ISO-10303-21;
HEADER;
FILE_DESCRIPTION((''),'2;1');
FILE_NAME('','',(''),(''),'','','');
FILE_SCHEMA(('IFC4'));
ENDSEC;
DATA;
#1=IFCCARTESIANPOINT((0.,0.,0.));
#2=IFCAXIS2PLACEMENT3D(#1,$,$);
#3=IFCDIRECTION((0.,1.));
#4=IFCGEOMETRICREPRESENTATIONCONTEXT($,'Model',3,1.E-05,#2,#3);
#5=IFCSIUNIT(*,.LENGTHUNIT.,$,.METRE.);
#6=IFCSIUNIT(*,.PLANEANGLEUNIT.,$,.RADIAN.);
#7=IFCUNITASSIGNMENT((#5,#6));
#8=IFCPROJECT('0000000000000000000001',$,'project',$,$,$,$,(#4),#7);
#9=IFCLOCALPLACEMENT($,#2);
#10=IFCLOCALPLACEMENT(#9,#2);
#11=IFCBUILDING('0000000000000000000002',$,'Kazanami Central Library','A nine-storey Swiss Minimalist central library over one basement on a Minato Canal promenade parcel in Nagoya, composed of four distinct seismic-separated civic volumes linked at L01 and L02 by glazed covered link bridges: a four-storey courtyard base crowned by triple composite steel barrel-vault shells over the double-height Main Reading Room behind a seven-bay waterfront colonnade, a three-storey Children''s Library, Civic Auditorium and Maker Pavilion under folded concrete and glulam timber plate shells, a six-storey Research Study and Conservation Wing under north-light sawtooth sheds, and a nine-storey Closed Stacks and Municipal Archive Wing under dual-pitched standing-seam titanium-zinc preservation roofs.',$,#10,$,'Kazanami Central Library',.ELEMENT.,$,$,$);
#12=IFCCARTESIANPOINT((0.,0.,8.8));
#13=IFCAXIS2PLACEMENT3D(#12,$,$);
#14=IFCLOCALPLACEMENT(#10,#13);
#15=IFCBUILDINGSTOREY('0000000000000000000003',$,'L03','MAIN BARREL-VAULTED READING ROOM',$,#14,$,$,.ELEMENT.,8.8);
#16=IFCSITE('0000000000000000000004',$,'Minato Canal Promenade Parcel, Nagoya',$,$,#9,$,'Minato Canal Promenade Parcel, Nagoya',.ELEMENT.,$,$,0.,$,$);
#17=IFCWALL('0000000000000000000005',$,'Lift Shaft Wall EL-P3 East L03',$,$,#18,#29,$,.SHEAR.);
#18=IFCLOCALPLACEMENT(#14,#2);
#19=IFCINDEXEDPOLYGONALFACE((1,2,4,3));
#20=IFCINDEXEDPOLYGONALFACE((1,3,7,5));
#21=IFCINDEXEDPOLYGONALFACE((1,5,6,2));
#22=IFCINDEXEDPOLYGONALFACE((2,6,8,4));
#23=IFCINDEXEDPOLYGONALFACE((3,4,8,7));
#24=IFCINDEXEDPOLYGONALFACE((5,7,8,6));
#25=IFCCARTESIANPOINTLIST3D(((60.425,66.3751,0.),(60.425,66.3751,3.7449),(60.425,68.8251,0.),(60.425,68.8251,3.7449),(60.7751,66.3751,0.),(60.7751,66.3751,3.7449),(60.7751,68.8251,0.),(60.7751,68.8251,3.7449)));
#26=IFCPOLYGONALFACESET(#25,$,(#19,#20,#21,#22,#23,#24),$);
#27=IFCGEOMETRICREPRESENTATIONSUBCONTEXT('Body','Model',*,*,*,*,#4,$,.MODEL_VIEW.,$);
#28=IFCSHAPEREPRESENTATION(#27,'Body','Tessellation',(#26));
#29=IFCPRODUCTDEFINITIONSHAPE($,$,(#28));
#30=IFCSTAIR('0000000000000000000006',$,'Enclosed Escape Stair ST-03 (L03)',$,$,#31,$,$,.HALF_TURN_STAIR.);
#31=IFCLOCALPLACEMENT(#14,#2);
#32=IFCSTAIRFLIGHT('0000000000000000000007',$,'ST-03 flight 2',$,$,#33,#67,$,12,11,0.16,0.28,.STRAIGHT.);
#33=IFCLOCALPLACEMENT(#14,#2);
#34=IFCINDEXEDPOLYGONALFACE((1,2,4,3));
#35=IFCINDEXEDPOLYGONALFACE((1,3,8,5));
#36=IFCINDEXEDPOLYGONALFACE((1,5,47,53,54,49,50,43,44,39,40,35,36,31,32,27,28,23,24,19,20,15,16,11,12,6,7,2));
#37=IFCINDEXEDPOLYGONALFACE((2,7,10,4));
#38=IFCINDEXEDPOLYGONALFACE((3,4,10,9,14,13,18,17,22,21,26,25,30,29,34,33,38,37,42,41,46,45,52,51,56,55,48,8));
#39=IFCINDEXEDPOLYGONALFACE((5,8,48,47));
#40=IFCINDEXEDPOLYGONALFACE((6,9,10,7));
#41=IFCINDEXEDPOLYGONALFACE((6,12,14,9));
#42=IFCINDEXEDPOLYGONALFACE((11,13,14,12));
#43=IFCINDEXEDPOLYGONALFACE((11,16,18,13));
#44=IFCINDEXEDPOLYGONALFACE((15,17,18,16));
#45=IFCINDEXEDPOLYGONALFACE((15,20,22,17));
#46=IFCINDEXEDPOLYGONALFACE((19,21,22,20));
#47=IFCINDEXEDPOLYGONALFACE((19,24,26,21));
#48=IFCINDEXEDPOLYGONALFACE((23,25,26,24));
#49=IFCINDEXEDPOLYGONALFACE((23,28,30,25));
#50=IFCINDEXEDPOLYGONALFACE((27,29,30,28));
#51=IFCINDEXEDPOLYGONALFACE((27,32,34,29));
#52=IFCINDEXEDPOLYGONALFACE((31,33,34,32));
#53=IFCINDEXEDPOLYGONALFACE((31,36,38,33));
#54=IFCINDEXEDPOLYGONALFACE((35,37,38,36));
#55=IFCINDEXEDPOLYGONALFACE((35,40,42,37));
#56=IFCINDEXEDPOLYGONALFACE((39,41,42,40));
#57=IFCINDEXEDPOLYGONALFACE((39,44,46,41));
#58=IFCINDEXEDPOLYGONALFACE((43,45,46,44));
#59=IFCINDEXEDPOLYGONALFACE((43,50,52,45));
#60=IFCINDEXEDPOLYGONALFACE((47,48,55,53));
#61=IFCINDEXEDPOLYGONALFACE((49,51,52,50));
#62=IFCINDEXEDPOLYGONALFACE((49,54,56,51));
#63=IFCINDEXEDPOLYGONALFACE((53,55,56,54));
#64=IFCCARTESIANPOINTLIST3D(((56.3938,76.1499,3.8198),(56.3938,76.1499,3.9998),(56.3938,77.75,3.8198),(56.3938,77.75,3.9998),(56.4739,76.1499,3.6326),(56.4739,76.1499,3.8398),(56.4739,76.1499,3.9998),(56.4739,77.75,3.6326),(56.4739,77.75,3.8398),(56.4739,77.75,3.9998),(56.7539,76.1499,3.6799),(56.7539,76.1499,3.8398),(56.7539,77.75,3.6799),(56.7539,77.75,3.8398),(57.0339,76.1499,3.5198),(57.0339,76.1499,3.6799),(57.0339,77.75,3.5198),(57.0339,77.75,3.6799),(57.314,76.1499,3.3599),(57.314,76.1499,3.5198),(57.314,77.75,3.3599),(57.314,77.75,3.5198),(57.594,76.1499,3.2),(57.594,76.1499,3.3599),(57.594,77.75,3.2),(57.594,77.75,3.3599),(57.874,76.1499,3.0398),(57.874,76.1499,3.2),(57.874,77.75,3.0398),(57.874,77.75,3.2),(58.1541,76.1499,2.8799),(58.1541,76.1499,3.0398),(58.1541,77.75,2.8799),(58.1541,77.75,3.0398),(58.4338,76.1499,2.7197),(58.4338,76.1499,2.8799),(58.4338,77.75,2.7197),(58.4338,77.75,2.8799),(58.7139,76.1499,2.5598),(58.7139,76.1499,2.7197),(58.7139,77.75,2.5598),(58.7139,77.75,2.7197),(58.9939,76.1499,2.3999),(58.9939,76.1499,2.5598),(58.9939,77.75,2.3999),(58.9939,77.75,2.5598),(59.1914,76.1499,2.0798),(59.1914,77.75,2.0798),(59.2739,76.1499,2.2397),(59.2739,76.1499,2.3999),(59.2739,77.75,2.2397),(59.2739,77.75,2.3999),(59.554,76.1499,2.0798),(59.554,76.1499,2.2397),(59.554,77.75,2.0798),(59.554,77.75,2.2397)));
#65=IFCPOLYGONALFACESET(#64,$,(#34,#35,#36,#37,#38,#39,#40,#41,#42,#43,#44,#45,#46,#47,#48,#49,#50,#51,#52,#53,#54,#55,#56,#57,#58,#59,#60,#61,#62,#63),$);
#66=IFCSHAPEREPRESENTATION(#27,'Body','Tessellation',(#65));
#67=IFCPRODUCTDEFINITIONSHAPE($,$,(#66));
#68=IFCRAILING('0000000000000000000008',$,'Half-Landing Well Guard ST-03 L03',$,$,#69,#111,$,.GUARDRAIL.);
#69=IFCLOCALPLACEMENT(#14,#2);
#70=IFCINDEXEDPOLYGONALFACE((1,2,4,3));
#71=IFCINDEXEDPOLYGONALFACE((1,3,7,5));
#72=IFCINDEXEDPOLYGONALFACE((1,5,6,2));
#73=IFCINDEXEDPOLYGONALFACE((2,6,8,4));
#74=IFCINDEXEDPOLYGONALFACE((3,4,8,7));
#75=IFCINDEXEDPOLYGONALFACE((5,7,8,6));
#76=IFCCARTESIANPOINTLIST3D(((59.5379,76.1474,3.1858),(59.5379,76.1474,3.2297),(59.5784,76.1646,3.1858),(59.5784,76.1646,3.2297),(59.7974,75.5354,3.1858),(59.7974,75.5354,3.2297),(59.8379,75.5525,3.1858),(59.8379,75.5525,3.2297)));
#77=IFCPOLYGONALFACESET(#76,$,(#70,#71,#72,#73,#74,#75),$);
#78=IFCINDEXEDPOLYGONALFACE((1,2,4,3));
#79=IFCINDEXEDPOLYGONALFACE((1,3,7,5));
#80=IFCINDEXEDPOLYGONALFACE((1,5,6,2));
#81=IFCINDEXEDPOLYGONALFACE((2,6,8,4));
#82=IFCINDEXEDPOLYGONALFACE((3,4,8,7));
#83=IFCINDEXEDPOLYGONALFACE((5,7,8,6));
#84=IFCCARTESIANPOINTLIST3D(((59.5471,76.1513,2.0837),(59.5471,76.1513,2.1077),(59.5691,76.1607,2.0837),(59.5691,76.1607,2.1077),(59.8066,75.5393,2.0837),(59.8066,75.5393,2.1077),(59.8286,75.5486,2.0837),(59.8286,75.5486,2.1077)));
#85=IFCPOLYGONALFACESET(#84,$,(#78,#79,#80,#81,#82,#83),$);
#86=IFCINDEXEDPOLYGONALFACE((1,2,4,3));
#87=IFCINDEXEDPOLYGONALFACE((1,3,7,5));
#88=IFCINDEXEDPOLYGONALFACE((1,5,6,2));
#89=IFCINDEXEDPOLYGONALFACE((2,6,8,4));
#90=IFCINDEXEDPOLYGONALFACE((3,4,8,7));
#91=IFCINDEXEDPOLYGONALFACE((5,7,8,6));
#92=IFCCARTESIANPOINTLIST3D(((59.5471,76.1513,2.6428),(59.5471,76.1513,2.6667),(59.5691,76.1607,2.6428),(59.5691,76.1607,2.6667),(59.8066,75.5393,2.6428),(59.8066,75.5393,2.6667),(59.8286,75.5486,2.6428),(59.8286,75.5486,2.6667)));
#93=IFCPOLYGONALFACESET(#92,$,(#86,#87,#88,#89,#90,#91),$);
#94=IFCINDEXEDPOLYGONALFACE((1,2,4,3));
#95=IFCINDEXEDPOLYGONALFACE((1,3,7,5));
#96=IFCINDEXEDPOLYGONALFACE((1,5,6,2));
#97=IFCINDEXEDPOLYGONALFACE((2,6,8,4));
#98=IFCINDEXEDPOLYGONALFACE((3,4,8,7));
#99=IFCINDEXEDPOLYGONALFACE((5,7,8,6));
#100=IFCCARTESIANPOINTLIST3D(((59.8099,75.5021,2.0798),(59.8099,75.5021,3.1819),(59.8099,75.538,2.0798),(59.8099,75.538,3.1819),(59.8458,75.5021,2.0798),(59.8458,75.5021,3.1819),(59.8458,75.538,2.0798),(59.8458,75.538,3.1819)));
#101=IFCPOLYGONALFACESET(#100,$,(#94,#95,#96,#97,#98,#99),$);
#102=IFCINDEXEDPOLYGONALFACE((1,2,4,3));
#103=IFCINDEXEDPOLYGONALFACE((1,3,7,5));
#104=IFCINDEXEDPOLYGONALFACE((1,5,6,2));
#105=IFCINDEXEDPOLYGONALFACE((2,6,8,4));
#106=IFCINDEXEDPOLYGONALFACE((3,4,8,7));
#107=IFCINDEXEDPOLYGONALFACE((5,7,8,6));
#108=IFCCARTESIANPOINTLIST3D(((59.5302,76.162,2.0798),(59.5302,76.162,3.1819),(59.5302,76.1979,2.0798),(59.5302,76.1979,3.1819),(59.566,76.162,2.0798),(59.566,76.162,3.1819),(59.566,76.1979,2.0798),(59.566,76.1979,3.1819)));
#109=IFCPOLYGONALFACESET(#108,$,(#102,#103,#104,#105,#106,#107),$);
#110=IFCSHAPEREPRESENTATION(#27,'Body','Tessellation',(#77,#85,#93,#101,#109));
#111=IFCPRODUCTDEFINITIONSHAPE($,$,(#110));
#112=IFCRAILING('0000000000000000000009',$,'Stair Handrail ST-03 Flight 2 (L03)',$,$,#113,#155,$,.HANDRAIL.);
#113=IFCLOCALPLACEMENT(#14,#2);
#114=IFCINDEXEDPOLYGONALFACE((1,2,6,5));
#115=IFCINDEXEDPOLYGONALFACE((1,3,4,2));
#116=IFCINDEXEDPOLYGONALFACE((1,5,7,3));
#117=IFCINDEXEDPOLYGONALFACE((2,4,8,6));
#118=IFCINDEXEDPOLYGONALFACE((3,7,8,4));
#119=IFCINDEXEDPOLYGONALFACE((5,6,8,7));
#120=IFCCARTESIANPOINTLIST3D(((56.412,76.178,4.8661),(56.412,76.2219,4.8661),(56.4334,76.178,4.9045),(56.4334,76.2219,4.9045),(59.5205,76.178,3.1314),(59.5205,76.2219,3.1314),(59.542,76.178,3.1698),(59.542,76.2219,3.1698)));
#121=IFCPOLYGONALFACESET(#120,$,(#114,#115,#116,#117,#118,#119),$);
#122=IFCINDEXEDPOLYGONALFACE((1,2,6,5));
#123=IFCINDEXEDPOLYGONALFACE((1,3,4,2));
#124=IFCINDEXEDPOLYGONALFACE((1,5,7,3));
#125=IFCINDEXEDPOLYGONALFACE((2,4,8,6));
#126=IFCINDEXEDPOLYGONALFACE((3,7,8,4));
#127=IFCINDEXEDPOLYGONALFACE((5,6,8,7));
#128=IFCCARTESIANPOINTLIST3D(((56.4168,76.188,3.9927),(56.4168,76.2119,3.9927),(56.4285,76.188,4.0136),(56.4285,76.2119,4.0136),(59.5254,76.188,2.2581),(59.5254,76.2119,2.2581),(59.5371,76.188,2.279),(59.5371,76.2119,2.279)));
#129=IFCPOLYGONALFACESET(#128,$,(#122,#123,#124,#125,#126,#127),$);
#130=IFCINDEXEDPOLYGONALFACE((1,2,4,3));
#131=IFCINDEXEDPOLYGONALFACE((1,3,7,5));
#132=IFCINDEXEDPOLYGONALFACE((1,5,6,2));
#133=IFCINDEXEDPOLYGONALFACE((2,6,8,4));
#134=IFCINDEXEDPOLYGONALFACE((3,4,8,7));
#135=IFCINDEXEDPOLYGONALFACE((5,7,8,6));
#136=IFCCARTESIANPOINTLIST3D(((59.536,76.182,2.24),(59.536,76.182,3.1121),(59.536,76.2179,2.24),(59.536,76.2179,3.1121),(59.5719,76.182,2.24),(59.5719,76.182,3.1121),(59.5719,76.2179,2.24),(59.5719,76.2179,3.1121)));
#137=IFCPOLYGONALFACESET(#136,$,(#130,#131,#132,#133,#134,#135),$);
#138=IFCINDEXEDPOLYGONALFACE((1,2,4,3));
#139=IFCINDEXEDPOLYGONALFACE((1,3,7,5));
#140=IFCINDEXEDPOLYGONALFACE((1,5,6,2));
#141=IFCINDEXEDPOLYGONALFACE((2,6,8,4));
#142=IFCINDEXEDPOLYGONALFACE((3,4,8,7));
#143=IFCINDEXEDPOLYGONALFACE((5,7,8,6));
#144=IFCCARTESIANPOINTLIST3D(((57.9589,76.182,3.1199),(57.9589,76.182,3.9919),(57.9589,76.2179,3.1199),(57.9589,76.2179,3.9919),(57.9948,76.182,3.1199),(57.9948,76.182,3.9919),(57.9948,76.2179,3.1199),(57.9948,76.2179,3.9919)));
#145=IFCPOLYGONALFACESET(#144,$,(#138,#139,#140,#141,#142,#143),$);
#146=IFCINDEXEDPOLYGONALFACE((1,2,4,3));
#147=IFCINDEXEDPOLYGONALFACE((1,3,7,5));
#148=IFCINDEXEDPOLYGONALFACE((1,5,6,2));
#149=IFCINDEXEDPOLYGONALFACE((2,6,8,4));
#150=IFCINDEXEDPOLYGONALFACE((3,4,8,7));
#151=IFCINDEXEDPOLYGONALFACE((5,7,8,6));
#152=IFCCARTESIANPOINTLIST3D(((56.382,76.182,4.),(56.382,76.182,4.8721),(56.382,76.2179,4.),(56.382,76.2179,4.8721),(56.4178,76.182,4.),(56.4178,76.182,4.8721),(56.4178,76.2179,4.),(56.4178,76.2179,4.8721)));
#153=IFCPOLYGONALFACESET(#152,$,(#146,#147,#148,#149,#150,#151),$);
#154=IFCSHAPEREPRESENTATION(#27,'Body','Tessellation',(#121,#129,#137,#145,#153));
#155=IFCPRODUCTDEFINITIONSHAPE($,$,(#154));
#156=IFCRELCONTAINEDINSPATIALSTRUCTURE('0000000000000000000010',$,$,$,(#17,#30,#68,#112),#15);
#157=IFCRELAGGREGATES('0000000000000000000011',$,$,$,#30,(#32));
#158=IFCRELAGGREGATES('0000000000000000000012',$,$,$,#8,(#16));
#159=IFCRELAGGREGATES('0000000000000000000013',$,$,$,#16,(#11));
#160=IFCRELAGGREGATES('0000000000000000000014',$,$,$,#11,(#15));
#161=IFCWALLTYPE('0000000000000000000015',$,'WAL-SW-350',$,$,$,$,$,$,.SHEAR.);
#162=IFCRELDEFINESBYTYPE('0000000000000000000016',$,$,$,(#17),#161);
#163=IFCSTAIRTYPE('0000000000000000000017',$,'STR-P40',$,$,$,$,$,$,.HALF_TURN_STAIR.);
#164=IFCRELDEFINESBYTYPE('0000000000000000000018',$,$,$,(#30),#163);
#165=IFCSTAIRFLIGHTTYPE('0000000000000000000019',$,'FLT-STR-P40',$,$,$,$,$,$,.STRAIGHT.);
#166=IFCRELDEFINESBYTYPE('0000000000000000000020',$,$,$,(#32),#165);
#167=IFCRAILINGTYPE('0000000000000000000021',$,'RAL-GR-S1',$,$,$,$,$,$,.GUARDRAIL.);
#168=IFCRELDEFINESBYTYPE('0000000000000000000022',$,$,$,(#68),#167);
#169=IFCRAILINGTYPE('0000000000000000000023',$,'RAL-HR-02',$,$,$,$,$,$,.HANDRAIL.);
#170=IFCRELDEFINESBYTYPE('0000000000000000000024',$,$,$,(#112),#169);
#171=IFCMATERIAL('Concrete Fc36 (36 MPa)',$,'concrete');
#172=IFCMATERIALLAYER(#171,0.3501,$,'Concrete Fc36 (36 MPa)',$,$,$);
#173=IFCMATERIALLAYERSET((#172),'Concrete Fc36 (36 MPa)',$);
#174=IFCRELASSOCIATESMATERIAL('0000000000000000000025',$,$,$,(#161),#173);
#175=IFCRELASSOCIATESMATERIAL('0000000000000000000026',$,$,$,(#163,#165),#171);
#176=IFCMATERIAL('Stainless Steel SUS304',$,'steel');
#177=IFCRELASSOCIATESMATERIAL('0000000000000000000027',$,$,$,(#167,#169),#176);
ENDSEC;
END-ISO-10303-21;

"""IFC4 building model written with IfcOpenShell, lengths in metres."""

from ifc_helpers import new_model, si_unit, direction, frame, frame_2d, origin, origin_2d, place, context, subcontext, project, spatial, polyline, rectangle, outline, extrude, material, layer, layer_set, type_object, element, aggregate, save


model = new_model("IFC4")

# Units and contexts
model_context = context("Model", 3, precision=1e-05, world=origin(), true_north=direction((0.0, 1.0)))
body_context = subcontext(model_context, "Body", "Model", "MODEL_VIEW")
ifc_project = project(units=[si_unit("LENGTHUNIT", "METRE"), si_unit("PLANEANGLEUNIT", "RADIAN")], contexts=[model_context])

# Site, building, storey
site_placement = place(None, origin())
site = spatial("IfcSite", under=ifc_project, at=site_placement, Name="Minato Canal Promenade Parcel, Nagoya", LongName="Minato Canal Promenade Parcel, Nagoya", CompositionType="ELEMENT", RefElevation=0.0)
building_placement = place(site_placement, origin())
building = spatial("IfcBuilding", under=site, at=building_placement, Name="Kazanami Central Library", Description="A nine-storey Swiss Minimalist central library over one basement on a Minato Canal promenade parcel in Nagoya, composed of four distinct seismic-separated civic volumes linked at L01 and L02 by glazed covered link bridges: a four-storey courtyard base crowned by triple composite steel barrel-vault shells over the double-height Main Reading Room behind a seven-bay waterfront colonnade, a three-storey Children's Library, Civic Auditorium and Maker Pavilion under folded concrete and glulam timber plate shells, a six-storey Research Study and Conservation Wing under north-light sawtooth sheds, and a nine-storey Closed Stacks and Municipal Archive Wing under dual-pitched standing-seam titanium-zinc preservation roofs.", LongName="Kazanami Central Library", CompositionType="ELEMENT")
storey_placement = place(building_placement, frame((0.0, 0.0, 8.8)))
storey = spatial("IfcBuildingStorey", under=building, at=storey_placement, Name="L03", Description="MAIN BARREL-VAULTED READING ROOM", CompositionType="ELEMENT", Elevation=8.8)

# Shared definitions
ifc_material_1 = material(Name="Concrete Fc36 (36 MPa)", Category="concrete")
ifc_layer_1 = layer(ifc_material_1, 0.3501, Name="Concrete Fc36 (36 MPa)")
ifc_layer_set_1 = layer_set([ifc_layer_1], Name="Concrete Fc36 (36 MPa)")
wall_type_1 = type_object("IfcWallType", Name="WAL-SW-350", PredefinedType="SHEAR", material=ifc_layer_set_1)

# Shared definitions
ifc_material_2 = material(Name="Stainless Steel SUS304", Category="steel")

# Wall
for number, where, z_axis, x_axis, name in (
    (1, (60.6001, 66.375, 0.0), (0.0, 0.0, 1.0), (0.0, 1.0, 0.0), "Lift Shaft Wall EL-P3 East L03"),
):
    element("IfcWall", number, at=place(storey_placement, frame(where, z_axis=z_axis, x_axis=x_axis)), inside=storey, type_object=wall_type_1, Name=name, PredefinedType="SHEAR", context=body_context, shape_type="SweptSolid", body=[
        extrude(rectangle(XDim=2.45, YDim=0.3501, at=frame_2d((1.2251, 0.0))), origin(), (0.0, 0.0, 1.0), 3.7449),
    ])

# Stair, stair flight
stair_type = type_object("IfcStairType", Name="STR-P40", PredefinedType="HALF_TURN_STAIR", material=ifc_material_1)
stair_placement = place(storey_placement, origin())
stair = element("IfcStair", 2, at=stair_placement, inside=storey, type_object=stair_type, Name="Enclosed Escape Stair ST-03 (L03)", PredefinedType="HALF_TURN_STAIR")
stair_flight_type = type_object("IfcStairFlightType", Name="FLT-STR-P40", PredefinedType="STRAIGHT", material=ifc_material_1)
stair_flight_placement = place(storey_placement, frame((59.554, 76.95, 2.0798), z_axis=(0.0, 0.0, 1.0), x_axis=(-1.0, 0.0, 0.0)))
stair_flight = element("IfcStairFlight", 3, at=stair_flight_placement, type_object=stair_flight_type, Name="ST-03 flight 2", NumberOfRisers=12, NumberOfTreads=11, PredefinedType="STRAIGHT", RiserHeight=0.16, TreadLength=0.28, context=body_context, shape_type="SweptSolid", body=[
    extrude(outline(polyline([(0.0, 0.0), (0.0, 0.1599), (0.28, 0.1599), (0.28, 0.3201), (0.5601, 0.3201), (0.5601, 0.48), (0.8401, 0.48), (0.8401, 0.6399), (1.1201, 0.6399), (1.1201, 0.8), (1.3999, 0.8), (1.3999, 0.96), (1.6799, 0.96), (1.6799, 1.1201), (1.96, 1.1201), (1.96, 1.28), (2.24, 1.28), (2.24, 1.4399), (2.52, 1.4399), (2.52, 1.6001), (2.8, 1.6001), (2.8, 1.76), (3.0801, 1.76), (3.0801, 1.9199), (3.1602, 1.9199), (3.1602, 1.74), (3.0801, 1.5527), (0.3625, 0.0), (0.0, 0.0)])), frame((0.0, 0.8, 0.0), z_axis=(0.0, -1.0, 0.0), x_axis=(1.0, 0.0, 0.0)), (0.0, 0.0, 1.0), 1.6001),
])
aggregate(stair, [stair_flight])

# Railings
railing_type_1 = type_object("IfcRailingType", Name="RAL-GR-S1", PredefinedType="GUARDRAIL", material=ifc_material_2)
railing_1_placement = place(storey_placement, frame((59.8279, 75.52, 2.0798)))
element("IfcRailing", 4, at=railing_1_placement, inside=storey, type_object=railing_type_1, Name="Half-Landing Well Guard ST-03 L03", PredefinedType="GUARDRAIL", context=body_context, shape_type="SweptSolid", body=[
    extrude(rectangle(XDim=0.0439, YDim=0.0439, at=origin_2d()), frame((-0.0103, 0.0239, 1.1279), z_axis=(-0.39034, 0.920671, 0.0), x_axis=(-0.920671, -0.39034, 0.0)), (0.0, 0.0, 1.0), 0.6648),
    extrude(rectangle(XDim=0.0239, YDim=0.0239, at=origin_2d()), frame((-0.0103, 0.0239, 0.0159), z_axis=(-0.39034, 0.920671, 0.0), x_axis=(-0.920671, -0.39034, 0.0)), (0.0, 0.0, 1.0), 0.6648),
    extrude(rectangle(XDim=0.0239, YDim=0.0239, at=origin_2d()), frame((-0.0103, 0.0239, 0.575), z_axis=(-0.39034, 0.920671, 0.0), x_axis=(-0.920671, -0.39034, 0.0)), (0.0, 0.0, 1.0), 0.6648),
    extrude(rectangle(XDim=0.0359, YDim=0.0359, at=origin_2d()), origin(), (0.0, 0.0, 1.0), 1.1021),
    extrude(rectangle(XDim=0.0359, YDim=0.0359, at=origin_2d()), frame((-0.2798, 0.6599, 0.0)), (0.0, 0.0, 1.0), 1.1021),
])
railing_type_2 = type_object("IfcRailingType", Name="RAL-HR-02", PredefinedType="HANDRAIL", material=ifc_material_2)
railing_2_placement = place(storey_placement, frame((59.554, 76.2, 2.24)))
element("IfcRailing", 5, at=railing_2_placement, inside=storey, type_object=railing_type_2, Name="Stair Handrail ST-03 Flight 2 (L03)", PredefinedType="HANDRAIL", context=body_context, shape_type="SweptSolid", body=[
    extrude(rectangle(XDim=0.0439, YDim=0.0439, at=origin_2d()), frame((-0.0227, 0.0, 0.9106), z_axis=(-0.873244, 0.0, 0.487283), x_axis=(0.0, -1.0, 0.0)), (0.0, 0.0, 1.0), 3.5598),
    extrude(rectangle(XDim=0.0239, YDim=0.0239, at=origin_2d()), frame((-0.0227, 0.0, 0.0286), z_axis=(-0.873244, 0.0, 0.487283), x_axis=(0.0, -1.0, 0.0)), (0.0, 0.0, 1.0), 3.5598),
    extrude(rectangle(XDim=0.0359, YDim=0.0359, at=origin_2d()), origin(), (0.0, 0.0, 1.0), 0.8721),
    extrude(rectangle(XDim=0.0359, YDim=0.0359, at=origin_2d()), frame((-1.5771, 0.0, 0.8799)), (0.0, 0.0, 1.0), 0.8721),
    extrude(rectangle(XDim=0.0359, YDim=0.0359, at=origin_2d()), frame((-3.1541, 0.0, 1.76)), (0.0, 0.0, 1.0), 0.8721),
])

save(model, "model.ifc")
